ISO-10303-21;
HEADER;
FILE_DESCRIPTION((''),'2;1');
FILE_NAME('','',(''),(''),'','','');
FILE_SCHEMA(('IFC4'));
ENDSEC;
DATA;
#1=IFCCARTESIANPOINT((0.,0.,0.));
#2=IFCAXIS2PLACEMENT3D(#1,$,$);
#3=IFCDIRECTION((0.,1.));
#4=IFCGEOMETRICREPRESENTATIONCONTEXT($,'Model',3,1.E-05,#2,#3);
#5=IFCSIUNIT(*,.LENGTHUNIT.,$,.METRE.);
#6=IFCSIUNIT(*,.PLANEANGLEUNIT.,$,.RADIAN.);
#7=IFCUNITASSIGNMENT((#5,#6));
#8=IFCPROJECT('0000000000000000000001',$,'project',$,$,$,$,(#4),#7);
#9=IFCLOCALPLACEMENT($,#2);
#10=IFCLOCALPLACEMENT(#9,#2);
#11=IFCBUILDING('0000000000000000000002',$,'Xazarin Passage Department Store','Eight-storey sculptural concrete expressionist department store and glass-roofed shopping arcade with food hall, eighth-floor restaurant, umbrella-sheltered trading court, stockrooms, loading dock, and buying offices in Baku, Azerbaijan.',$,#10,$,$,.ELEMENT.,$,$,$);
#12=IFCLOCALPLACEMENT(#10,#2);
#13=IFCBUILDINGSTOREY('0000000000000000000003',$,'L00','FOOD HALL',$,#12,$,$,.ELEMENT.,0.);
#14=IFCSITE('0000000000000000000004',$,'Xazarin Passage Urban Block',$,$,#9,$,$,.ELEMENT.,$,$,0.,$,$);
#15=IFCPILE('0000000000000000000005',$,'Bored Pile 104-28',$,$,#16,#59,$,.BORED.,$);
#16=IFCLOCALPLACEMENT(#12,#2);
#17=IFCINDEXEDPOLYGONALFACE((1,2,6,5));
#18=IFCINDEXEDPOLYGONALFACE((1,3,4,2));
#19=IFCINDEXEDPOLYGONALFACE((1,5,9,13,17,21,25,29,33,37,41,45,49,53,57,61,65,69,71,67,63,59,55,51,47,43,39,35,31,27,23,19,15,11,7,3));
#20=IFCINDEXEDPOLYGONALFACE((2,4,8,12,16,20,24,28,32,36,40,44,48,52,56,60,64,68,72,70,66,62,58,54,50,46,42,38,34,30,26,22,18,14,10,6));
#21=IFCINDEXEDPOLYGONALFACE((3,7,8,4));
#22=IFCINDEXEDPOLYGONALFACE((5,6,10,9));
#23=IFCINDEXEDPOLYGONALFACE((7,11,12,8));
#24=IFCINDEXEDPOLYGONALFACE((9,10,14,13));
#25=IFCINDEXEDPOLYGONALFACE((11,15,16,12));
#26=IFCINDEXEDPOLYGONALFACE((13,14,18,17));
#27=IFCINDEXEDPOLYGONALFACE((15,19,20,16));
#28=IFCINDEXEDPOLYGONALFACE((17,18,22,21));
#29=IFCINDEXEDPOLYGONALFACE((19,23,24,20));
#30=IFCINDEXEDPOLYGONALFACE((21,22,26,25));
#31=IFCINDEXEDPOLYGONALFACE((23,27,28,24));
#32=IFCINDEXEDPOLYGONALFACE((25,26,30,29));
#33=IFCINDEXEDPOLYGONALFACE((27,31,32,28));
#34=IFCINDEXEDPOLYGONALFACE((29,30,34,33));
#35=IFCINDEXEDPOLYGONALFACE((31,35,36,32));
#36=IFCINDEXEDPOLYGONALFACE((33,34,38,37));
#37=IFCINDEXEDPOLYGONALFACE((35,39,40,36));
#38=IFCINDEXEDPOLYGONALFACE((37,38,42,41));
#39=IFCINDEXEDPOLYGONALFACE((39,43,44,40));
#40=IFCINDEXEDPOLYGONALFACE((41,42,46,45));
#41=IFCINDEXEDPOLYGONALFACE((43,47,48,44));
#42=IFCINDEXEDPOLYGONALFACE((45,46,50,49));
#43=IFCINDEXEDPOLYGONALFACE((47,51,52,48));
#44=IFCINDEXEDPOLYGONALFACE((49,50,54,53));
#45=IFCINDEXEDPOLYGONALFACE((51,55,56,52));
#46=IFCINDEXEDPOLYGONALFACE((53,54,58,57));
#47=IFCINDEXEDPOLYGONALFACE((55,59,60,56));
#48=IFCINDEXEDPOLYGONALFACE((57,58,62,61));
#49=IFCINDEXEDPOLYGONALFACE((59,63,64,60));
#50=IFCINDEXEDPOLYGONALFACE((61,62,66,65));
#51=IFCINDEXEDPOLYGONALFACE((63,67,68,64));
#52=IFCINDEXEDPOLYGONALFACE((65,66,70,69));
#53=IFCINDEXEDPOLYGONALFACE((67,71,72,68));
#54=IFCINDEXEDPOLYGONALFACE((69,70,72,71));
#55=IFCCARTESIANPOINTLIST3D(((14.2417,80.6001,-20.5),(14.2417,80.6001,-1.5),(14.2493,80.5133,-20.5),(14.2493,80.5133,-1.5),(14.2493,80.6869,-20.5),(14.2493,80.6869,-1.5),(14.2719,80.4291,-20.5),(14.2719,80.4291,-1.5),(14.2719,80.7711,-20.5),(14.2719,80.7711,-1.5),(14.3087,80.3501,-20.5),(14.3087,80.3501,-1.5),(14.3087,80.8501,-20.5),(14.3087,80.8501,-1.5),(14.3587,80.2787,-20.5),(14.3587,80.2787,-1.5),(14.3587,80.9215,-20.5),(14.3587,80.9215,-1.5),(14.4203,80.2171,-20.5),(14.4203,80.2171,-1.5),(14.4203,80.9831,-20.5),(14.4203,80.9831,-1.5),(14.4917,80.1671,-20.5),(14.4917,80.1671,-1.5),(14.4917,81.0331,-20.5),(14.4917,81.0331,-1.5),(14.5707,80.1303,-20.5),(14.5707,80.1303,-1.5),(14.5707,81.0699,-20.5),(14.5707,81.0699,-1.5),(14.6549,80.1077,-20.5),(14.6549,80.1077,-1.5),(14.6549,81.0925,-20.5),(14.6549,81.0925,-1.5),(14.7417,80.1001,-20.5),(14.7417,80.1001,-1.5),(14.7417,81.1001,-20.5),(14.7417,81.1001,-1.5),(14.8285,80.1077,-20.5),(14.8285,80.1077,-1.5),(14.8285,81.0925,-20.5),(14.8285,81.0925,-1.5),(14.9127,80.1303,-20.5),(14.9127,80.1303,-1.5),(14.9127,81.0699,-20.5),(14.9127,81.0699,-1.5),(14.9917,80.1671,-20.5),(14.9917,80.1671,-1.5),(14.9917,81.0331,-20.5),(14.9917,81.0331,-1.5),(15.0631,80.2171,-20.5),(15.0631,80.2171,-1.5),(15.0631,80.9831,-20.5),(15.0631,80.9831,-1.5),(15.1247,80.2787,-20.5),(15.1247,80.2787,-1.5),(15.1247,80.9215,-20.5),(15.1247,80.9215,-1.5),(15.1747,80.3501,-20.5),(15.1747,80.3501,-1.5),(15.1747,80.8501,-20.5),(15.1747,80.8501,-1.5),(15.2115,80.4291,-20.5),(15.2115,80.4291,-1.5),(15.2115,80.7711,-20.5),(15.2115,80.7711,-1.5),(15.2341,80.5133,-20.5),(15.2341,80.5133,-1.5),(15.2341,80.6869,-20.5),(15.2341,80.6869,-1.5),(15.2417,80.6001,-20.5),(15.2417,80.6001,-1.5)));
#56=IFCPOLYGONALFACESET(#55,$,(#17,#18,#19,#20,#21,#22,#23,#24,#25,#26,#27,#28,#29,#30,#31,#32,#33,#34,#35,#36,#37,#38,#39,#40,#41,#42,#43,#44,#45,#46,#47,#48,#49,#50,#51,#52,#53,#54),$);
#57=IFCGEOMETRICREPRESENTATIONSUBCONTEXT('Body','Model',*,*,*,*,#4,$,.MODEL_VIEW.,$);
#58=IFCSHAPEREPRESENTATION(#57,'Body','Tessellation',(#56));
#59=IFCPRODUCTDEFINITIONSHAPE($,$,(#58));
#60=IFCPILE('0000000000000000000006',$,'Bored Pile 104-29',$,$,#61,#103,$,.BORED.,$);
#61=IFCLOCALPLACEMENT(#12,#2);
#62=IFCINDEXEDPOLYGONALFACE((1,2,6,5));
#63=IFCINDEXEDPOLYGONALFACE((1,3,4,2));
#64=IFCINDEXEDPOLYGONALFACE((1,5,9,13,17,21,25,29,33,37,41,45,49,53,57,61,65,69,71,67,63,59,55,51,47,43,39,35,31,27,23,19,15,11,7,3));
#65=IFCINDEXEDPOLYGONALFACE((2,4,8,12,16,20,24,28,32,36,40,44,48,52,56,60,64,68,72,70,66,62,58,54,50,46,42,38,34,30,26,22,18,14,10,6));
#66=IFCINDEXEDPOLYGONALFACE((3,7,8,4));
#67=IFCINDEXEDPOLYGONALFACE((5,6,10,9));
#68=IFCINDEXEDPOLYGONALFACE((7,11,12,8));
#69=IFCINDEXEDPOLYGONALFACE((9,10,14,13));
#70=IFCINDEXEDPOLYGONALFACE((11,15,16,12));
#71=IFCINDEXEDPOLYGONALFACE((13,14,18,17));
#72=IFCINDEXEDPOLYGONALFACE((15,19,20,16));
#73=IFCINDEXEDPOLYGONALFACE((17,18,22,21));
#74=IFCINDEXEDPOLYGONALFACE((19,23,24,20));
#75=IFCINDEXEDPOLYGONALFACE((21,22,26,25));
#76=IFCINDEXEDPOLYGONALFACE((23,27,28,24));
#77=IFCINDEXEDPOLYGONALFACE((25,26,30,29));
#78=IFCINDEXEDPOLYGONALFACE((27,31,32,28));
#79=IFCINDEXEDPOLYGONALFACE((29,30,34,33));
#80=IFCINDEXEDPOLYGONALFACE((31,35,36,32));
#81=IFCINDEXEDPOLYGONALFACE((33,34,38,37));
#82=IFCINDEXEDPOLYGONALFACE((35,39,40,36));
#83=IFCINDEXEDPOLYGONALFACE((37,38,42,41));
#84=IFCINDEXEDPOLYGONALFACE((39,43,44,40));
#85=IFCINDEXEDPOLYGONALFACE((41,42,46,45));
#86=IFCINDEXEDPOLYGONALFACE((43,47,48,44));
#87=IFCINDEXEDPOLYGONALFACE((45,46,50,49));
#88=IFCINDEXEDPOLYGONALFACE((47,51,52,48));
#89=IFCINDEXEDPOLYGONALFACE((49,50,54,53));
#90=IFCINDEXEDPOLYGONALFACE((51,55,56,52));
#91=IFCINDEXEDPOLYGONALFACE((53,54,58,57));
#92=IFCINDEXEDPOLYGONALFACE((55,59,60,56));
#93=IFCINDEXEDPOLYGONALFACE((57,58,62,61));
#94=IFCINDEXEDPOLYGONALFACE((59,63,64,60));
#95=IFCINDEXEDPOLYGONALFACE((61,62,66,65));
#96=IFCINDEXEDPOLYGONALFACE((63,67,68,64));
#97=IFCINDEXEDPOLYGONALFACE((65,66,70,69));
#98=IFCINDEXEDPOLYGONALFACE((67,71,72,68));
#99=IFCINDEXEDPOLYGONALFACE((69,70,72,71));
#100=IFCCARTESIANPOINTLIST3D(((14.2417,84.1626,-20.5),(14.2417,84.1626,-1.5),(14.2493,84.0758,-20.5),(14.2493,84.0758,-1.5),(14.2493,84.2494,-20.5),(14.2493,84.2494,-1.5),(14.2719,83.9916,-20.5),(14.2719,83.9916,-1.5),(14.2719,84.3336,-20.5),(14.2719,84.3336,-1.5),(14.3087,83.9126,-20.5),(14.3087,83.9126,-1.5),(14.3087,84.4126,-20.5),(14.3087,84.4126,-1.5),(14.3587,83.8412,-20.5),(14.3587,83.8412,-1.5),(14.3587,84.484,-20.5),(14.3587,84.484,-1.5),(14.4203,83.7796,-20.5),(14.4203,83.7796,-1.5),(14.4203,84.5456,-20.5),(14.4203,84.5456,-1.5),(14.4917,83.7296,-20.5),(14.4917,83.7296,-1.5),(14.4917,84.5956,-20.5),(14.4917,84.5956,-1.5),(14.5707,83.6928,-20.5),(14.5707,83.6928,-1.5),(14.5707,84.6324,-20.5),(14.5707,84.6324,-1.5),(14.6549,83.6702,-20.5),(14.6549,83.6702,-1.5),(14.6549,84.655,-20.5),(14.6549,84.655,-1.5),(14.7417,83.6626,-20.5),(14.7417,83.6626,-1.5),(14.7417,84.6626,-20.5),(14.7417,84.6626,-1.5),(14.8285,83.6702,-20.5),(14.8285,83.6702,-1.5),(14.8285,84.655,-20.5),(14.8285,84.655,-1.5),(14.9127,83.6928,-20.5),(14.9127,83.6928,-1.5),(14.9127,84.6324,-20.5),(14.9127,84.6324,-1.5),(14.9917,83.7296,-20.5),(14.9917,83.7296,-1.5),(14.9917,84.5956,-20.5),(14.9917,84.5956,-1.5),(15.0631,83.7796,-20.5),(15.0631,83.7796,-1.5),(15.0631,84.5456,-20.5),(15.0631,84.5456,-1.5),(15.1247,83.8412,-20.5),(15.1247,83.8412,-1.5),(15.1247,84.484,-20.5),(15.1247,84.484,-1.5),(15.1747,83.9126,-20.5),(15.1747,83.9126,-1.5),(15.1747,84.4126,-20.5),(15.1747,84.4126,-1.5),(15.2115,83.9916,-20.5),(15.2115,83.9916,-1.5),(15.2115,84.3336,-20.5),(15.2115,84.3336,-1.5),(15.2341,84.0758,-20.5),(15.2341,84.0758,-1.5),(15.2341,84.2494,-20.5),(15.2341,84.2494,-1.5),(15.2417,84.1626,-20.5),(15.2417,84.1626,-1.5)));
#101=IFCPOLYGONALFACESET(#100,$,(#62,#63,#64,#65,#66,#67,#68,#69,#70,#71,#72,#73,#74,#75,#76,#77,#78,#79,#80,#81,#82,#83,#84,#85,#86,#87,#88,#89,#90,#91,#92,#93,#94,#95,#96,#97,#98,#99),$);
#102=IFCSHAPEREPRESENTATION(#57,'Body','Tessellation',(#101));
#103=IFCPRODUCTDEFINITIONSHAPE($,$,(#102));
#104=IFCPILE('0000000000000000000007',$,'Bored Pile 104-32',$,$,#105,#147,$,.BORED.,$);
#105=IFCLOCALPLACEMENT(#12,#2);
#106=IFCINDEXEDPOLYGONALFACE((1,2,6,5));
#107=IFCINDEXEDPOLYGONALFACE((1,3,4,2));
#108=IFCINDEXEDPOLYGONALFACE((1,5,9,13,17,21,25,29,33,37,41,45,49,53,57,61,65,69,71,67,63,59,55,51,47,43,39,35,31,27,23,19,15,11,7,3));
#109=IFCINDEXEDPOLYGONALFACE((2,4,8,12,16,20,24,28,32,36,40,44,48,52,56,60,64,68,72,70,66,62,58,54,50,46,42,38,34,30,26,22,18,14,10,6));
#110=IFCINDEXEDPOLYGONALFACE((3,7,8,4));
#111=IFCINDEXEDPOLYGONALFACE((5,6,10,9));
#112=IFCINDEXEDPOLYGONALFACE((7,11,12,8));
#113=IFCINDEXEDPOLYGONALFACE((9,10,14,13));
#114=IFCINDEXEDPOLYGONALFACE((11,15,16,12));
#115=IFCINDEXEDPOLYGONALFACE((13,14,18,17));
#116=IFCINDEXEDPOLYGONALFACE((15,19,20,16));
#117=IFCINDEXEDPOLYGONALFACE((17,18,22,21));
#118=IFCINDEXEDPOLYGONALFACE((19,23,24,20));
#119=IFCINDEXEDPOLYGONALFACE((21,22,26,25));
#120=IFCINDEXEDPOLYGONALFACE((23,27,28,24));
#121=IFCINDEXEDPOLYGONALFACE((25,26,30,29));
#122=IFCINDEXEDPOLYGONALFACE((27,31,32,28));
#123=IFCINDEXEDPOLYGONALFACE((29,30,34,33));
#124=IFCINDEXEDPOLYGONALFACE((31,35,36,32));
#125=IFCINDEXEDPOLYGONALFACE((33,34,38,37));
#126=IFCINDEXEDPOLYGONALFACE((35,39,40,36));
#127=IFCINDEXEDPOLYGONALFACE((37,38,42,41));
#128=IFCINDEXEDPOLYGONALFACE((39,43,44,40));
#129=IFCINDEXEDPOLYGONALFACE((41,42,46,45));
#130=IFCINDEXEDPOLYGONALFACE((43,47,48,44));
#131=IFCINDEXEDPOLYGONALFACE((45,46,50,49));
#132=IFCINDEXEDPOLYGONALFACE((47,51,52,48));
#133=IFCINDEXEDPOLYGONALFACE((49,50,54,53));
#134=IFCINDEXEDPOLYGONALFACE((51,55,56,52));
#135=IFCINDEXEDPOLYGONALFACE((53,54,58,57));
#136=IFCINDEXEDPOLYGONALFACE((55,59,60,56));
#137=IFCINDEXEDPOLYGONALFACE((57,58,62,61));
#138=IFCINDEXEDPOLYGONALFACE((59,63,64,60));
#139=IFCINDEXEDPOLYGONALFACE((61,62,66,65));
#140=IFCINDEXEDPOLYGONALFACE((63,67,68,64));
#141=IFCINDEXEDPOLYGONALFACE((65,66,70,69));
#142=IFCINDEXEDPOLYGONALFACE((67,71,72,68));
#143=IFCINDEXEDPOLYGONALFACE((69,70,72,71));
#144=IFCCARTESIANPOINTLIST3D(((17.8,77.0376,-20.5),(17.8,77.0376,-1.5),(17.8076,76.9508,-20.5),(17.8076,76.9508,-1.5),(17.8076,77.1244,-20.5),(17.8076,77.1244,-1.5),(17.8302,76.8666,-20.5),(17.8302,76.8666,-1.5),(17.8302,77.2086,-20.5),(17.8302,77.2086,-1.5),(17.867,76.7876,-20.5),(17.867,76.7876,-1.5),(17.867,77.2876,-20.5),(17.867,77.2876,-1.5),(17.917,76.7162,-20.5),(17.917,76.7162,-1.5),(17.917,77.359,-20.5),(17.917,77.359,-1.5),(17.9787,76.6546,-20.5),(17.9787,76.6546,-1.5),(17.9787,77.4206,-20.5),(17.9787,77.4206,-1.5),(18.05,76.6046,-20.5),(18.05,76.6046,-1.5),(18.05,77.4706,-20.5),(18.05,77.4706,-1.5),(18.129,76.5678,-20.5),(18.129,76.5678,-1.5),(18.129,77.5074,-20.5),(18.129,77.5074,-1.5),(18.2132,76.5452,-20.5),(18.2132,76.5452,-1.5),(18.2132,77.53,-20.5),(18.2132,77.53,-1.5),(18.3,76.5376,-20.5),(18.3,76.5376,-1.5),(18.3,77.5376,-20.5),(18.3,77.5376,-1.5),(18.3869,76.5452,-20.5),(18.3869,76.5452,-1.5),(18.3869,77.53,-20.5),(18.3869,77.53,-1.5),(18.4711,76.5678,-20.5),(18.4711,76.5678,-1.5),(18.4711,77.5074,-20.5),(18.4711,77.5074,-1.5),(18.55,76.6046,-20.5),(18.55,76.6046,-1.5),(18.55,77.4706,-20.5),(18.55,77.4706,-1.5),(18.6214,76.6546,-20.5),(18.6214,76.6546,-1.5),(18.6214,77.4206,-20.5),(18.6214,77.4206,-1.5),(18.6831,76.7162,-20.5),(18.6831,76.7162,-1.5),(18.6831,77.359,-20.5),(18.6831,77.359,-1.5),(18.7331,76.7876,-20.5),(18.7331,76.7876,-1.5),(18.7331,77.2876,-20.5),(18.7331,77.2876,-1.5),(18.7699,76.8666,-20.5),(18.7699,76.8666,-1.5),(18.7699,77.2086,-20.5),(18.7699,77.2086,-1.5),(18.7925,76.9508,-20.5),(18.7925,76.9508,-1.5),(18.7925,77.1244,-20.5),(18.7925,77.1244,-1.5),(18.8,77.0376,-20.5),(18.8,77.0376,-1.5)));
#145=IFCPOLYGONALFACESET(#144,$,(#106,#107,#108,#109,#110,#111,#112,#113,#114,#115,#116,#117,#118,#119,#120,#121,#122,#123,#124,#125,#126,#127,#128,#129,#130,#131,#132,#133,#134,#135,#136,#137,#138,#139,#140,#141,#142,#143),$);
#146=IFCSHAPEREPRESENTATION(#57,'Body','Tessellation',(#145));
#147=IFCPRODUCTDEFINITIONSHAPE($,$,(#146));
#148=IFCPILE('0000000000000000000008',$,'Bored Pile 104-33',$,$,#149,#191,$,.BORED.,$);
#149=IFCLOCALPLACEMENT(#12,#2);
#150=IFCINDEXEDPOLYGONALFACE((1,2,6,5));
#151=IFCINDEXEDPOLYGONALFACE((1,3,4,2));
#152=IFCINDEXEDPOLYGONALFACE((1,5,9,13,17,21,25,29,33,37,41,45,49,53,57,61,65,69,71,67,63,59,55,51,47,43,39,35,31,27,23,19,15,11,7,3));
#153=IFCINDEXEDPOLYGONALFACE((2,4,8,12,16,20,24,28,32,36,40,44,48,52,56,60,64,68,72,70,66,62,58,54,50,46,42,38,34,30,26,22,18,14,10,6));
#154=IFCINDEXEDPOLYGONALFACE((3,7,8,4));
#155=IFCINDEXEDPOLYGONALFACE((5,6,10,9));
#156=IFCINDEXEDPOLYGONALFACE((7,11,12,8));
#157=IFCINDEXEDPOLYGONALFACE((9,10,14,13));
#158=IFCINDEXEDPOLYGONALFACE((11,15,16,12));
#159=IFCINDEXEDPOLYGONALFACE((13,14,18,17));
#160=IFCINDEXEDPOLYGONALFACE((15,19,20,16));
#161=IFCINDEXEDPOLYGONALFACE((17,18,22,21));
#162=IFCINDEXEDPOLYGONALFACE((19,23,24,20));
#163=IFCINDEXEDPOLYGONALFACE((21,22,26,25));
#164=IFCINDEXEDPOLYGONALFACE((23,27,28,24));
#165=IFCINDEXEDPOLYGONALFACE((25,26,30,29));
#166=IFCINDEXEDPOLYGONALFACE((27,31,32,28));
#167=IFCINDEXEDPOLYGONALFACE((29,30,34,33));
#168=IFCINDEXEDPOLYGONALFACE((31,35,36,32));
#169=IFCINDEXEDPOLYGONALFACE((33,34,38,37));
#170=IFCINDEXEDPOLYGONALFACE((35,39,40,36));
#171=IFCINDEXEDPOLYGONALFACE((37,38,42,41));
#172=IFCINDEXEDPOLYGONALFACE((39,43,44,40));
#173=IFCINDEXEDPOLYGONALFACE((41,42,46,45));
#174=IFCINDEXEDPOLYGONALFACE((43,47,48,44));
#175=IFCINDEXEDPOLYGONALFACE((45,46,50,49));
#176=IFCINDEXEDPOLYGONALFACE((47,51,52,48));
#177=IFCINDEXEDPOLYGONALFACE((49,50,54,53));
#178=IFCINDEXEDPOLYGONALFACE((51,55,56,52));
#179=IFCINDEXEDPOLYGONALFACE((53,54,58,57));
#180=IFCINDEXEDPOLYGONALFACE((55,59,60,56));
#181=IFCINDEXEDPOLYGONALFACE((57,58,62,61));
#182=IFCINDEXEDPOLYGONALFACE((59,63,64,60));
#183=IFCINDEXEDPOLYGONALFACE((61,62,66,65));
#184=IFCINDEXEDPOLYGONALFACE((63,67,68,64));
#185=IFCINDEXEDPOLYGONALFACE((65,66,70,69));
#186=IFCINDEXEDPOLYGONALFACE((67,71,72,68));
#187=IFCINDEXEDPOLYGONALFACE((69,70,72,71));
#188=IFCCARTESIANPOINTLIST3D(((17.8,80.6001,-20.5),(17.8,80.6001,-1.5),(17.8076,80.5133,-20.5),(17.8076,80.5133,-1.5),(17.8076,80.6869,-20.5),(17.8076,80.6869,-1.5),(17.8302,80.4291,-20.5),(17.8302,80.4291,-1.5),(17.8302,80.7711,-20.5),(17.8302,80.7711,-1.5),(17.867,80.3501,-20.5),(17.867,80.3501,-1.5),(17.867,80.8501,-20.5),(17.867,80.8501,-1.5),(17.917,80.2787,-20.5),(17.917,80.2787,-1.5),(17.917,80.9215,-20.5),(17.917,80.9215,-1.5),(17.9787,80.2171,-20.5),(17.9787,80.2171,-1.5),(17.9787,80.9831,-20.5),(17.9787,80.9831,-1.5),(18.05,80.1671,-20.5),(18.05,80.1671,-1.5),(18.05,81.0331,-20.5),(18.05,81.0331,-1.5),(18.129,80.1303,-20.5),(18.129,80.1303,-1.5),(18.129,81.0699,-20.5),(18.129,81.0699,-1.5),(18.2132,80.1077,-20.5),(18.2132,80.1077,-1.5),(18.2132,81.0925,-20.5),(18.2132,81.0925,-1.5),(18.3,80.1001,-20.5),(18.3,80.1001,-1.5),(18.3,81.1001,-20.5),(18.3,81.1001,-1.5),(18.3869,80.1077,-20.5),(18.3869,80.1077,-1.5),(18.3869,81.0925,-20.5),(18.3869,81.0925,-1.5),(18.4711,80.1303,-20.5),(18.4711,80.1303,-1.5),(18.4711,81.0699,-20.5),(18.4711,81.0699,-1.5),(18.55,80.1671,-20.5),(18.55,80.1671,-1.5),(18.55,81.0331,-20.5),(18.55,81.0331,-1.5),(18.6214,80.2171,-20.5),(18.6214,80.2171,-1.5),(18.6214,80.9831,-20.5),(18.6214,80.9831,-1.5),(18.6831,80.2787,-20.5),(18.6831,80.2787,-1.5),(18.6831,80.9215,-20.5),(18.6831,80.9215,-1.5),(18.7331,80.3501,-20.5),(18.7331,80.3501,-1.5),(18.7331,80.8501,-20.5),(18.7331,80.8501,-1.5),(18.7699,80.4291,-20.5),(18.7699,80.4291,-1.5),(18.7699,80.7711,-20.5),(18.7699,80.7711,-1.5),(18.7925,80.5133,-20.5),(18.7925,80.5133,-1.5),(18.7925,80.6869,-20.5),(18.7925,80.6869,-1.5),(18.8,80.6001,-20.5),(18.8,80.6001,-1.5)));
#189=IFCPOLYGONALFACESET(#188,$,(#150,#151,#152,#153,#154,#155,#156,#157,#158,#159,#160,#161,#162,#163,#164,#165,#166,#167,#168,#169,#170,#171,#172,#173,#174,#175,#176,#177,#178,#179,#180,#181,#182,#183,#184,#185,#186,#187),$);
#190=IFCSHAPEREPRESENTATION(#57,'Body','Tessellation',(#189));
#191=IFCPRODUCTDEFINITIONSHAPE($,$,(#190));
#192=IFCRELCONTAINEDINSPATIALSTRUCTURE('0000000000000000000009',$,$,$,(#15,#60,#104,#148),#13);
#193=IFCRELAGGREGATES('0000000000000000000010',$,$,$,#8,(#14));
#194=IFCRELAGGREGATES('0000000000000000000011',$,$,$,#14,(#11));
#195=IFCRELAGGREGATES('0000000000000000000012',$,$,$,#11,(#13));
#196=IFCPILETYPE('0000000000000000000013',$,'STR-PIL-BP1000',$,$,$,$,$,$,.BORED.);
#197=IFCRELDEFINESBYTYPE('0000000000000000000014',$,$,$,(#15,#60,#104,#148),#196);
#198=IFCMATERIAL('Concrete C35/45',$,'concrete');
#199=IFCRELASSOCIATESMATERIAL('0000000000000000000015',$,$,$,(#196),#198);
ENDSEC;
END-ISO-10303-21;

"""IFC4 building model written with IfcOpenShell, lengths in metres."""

from ifc_helpers import new_model, si_unit, direction, frame, origin, origin_2d, place, context, subcontext, project, spatial, circle, extrude, material, material_profile, profile_set, type_object, element, save


model = new_model("IFC4")

# Units and contexts
model_context = context("Model", 3, precision=1e-05, world=origin(), true_north=direction((0.0, 1.0)))
body_context = subcontext(model_context, "Body", "Model", "MODEL_VIEW")
ifc_project = project(units=[si_unit("LENGTHUNIT", "METRE"), si_unit("PLANEANGLEUNIT", "RADIAN")], contexts=[model_context])

# Site, building, storey
site_placement = place(None, origin())
site = spatial("IfcSite", under=ifc_project, at=site_placement, Name="Xazarin Passage Urban Block", CompositionType="ELEMENT", RefElevation=0.0)
building_placement = place(site_placement, origin())
building = spatial("IfcBuilding", under=site, at=building_placement, Name="Xazarin Passage Department Store", Description="Eight-storey sculptural concrete expressionist department store and glass-roofed shopping arcade with food hall, eighth-floor restaurant, umbrella-sheltered trading court, stockrooms, loading dock, and buying offices in Baku, Azerbaijan.", CompositionType="ELEMENT")
storey_placement = place(building_placement, origin())
storey = spatial("IfcBuildingStorey", under=building, at=storey_placement, Name="L00", Description="FOOD HALL", CompositionType="ELEMENT", Elevation=0.0)

# Shared definitions
ifc_material_1 = material(Name="Concrete C35/45", Category="concrete")

# Piles
ifc_material_profile_1 = material_profile(ifc_material_1, circle(Radius=0.5, at=origin_2d()), Name="BP 1000")
ifc_profile_set_1 = profile_set([ifc_material_profile_1], Name="Concrete C35/45")
pile_type_1 = type_object("IfcPileType", Name="STR-PIL-BP1000", PredefinedType="BORED", material=ifc_profile_set_1)
for number, where, z_axis, x_axis, name in (
    (1, (14.7417, 80.6001, -1.5), (0.0, 0.0, -1.0), (1.0, 0.0, 0.0), "Bored Pile 104-28"),
    (2, (14.7417, 84.1626, -1.5), (0.0, 0.0, -1.0), (1.0, 0.0, 0.0), "Bored Pile 104-29"),
    (3, (18.3, 77.0376, -1.5), (0.0, 0.0, -1.0), (1.0, 0.0, 0.0), "Bored Pile 104-32"),
    (4, (18.3, 80.6001, -1.5), (0.0, 0.0, -1.0), (1.0, 0.0, 0.0), "Bored Pile 104-33"),
):
    element("IfcPile", number, at=place(storey_placement, frame(where, z_axis=z_axis, x_axis=x_axis)), inside=storey, type_object=pile_type_1, Name=name, PredefinedType="BORED", context=body_context, shape_type="SweptSolid", body=[
        extrude(circle(Radius=0.5, at=origin_2d()), origin(), (0.0, 0.0, 1.0), 19.0),
    ])

save(model, "model.ifc")
